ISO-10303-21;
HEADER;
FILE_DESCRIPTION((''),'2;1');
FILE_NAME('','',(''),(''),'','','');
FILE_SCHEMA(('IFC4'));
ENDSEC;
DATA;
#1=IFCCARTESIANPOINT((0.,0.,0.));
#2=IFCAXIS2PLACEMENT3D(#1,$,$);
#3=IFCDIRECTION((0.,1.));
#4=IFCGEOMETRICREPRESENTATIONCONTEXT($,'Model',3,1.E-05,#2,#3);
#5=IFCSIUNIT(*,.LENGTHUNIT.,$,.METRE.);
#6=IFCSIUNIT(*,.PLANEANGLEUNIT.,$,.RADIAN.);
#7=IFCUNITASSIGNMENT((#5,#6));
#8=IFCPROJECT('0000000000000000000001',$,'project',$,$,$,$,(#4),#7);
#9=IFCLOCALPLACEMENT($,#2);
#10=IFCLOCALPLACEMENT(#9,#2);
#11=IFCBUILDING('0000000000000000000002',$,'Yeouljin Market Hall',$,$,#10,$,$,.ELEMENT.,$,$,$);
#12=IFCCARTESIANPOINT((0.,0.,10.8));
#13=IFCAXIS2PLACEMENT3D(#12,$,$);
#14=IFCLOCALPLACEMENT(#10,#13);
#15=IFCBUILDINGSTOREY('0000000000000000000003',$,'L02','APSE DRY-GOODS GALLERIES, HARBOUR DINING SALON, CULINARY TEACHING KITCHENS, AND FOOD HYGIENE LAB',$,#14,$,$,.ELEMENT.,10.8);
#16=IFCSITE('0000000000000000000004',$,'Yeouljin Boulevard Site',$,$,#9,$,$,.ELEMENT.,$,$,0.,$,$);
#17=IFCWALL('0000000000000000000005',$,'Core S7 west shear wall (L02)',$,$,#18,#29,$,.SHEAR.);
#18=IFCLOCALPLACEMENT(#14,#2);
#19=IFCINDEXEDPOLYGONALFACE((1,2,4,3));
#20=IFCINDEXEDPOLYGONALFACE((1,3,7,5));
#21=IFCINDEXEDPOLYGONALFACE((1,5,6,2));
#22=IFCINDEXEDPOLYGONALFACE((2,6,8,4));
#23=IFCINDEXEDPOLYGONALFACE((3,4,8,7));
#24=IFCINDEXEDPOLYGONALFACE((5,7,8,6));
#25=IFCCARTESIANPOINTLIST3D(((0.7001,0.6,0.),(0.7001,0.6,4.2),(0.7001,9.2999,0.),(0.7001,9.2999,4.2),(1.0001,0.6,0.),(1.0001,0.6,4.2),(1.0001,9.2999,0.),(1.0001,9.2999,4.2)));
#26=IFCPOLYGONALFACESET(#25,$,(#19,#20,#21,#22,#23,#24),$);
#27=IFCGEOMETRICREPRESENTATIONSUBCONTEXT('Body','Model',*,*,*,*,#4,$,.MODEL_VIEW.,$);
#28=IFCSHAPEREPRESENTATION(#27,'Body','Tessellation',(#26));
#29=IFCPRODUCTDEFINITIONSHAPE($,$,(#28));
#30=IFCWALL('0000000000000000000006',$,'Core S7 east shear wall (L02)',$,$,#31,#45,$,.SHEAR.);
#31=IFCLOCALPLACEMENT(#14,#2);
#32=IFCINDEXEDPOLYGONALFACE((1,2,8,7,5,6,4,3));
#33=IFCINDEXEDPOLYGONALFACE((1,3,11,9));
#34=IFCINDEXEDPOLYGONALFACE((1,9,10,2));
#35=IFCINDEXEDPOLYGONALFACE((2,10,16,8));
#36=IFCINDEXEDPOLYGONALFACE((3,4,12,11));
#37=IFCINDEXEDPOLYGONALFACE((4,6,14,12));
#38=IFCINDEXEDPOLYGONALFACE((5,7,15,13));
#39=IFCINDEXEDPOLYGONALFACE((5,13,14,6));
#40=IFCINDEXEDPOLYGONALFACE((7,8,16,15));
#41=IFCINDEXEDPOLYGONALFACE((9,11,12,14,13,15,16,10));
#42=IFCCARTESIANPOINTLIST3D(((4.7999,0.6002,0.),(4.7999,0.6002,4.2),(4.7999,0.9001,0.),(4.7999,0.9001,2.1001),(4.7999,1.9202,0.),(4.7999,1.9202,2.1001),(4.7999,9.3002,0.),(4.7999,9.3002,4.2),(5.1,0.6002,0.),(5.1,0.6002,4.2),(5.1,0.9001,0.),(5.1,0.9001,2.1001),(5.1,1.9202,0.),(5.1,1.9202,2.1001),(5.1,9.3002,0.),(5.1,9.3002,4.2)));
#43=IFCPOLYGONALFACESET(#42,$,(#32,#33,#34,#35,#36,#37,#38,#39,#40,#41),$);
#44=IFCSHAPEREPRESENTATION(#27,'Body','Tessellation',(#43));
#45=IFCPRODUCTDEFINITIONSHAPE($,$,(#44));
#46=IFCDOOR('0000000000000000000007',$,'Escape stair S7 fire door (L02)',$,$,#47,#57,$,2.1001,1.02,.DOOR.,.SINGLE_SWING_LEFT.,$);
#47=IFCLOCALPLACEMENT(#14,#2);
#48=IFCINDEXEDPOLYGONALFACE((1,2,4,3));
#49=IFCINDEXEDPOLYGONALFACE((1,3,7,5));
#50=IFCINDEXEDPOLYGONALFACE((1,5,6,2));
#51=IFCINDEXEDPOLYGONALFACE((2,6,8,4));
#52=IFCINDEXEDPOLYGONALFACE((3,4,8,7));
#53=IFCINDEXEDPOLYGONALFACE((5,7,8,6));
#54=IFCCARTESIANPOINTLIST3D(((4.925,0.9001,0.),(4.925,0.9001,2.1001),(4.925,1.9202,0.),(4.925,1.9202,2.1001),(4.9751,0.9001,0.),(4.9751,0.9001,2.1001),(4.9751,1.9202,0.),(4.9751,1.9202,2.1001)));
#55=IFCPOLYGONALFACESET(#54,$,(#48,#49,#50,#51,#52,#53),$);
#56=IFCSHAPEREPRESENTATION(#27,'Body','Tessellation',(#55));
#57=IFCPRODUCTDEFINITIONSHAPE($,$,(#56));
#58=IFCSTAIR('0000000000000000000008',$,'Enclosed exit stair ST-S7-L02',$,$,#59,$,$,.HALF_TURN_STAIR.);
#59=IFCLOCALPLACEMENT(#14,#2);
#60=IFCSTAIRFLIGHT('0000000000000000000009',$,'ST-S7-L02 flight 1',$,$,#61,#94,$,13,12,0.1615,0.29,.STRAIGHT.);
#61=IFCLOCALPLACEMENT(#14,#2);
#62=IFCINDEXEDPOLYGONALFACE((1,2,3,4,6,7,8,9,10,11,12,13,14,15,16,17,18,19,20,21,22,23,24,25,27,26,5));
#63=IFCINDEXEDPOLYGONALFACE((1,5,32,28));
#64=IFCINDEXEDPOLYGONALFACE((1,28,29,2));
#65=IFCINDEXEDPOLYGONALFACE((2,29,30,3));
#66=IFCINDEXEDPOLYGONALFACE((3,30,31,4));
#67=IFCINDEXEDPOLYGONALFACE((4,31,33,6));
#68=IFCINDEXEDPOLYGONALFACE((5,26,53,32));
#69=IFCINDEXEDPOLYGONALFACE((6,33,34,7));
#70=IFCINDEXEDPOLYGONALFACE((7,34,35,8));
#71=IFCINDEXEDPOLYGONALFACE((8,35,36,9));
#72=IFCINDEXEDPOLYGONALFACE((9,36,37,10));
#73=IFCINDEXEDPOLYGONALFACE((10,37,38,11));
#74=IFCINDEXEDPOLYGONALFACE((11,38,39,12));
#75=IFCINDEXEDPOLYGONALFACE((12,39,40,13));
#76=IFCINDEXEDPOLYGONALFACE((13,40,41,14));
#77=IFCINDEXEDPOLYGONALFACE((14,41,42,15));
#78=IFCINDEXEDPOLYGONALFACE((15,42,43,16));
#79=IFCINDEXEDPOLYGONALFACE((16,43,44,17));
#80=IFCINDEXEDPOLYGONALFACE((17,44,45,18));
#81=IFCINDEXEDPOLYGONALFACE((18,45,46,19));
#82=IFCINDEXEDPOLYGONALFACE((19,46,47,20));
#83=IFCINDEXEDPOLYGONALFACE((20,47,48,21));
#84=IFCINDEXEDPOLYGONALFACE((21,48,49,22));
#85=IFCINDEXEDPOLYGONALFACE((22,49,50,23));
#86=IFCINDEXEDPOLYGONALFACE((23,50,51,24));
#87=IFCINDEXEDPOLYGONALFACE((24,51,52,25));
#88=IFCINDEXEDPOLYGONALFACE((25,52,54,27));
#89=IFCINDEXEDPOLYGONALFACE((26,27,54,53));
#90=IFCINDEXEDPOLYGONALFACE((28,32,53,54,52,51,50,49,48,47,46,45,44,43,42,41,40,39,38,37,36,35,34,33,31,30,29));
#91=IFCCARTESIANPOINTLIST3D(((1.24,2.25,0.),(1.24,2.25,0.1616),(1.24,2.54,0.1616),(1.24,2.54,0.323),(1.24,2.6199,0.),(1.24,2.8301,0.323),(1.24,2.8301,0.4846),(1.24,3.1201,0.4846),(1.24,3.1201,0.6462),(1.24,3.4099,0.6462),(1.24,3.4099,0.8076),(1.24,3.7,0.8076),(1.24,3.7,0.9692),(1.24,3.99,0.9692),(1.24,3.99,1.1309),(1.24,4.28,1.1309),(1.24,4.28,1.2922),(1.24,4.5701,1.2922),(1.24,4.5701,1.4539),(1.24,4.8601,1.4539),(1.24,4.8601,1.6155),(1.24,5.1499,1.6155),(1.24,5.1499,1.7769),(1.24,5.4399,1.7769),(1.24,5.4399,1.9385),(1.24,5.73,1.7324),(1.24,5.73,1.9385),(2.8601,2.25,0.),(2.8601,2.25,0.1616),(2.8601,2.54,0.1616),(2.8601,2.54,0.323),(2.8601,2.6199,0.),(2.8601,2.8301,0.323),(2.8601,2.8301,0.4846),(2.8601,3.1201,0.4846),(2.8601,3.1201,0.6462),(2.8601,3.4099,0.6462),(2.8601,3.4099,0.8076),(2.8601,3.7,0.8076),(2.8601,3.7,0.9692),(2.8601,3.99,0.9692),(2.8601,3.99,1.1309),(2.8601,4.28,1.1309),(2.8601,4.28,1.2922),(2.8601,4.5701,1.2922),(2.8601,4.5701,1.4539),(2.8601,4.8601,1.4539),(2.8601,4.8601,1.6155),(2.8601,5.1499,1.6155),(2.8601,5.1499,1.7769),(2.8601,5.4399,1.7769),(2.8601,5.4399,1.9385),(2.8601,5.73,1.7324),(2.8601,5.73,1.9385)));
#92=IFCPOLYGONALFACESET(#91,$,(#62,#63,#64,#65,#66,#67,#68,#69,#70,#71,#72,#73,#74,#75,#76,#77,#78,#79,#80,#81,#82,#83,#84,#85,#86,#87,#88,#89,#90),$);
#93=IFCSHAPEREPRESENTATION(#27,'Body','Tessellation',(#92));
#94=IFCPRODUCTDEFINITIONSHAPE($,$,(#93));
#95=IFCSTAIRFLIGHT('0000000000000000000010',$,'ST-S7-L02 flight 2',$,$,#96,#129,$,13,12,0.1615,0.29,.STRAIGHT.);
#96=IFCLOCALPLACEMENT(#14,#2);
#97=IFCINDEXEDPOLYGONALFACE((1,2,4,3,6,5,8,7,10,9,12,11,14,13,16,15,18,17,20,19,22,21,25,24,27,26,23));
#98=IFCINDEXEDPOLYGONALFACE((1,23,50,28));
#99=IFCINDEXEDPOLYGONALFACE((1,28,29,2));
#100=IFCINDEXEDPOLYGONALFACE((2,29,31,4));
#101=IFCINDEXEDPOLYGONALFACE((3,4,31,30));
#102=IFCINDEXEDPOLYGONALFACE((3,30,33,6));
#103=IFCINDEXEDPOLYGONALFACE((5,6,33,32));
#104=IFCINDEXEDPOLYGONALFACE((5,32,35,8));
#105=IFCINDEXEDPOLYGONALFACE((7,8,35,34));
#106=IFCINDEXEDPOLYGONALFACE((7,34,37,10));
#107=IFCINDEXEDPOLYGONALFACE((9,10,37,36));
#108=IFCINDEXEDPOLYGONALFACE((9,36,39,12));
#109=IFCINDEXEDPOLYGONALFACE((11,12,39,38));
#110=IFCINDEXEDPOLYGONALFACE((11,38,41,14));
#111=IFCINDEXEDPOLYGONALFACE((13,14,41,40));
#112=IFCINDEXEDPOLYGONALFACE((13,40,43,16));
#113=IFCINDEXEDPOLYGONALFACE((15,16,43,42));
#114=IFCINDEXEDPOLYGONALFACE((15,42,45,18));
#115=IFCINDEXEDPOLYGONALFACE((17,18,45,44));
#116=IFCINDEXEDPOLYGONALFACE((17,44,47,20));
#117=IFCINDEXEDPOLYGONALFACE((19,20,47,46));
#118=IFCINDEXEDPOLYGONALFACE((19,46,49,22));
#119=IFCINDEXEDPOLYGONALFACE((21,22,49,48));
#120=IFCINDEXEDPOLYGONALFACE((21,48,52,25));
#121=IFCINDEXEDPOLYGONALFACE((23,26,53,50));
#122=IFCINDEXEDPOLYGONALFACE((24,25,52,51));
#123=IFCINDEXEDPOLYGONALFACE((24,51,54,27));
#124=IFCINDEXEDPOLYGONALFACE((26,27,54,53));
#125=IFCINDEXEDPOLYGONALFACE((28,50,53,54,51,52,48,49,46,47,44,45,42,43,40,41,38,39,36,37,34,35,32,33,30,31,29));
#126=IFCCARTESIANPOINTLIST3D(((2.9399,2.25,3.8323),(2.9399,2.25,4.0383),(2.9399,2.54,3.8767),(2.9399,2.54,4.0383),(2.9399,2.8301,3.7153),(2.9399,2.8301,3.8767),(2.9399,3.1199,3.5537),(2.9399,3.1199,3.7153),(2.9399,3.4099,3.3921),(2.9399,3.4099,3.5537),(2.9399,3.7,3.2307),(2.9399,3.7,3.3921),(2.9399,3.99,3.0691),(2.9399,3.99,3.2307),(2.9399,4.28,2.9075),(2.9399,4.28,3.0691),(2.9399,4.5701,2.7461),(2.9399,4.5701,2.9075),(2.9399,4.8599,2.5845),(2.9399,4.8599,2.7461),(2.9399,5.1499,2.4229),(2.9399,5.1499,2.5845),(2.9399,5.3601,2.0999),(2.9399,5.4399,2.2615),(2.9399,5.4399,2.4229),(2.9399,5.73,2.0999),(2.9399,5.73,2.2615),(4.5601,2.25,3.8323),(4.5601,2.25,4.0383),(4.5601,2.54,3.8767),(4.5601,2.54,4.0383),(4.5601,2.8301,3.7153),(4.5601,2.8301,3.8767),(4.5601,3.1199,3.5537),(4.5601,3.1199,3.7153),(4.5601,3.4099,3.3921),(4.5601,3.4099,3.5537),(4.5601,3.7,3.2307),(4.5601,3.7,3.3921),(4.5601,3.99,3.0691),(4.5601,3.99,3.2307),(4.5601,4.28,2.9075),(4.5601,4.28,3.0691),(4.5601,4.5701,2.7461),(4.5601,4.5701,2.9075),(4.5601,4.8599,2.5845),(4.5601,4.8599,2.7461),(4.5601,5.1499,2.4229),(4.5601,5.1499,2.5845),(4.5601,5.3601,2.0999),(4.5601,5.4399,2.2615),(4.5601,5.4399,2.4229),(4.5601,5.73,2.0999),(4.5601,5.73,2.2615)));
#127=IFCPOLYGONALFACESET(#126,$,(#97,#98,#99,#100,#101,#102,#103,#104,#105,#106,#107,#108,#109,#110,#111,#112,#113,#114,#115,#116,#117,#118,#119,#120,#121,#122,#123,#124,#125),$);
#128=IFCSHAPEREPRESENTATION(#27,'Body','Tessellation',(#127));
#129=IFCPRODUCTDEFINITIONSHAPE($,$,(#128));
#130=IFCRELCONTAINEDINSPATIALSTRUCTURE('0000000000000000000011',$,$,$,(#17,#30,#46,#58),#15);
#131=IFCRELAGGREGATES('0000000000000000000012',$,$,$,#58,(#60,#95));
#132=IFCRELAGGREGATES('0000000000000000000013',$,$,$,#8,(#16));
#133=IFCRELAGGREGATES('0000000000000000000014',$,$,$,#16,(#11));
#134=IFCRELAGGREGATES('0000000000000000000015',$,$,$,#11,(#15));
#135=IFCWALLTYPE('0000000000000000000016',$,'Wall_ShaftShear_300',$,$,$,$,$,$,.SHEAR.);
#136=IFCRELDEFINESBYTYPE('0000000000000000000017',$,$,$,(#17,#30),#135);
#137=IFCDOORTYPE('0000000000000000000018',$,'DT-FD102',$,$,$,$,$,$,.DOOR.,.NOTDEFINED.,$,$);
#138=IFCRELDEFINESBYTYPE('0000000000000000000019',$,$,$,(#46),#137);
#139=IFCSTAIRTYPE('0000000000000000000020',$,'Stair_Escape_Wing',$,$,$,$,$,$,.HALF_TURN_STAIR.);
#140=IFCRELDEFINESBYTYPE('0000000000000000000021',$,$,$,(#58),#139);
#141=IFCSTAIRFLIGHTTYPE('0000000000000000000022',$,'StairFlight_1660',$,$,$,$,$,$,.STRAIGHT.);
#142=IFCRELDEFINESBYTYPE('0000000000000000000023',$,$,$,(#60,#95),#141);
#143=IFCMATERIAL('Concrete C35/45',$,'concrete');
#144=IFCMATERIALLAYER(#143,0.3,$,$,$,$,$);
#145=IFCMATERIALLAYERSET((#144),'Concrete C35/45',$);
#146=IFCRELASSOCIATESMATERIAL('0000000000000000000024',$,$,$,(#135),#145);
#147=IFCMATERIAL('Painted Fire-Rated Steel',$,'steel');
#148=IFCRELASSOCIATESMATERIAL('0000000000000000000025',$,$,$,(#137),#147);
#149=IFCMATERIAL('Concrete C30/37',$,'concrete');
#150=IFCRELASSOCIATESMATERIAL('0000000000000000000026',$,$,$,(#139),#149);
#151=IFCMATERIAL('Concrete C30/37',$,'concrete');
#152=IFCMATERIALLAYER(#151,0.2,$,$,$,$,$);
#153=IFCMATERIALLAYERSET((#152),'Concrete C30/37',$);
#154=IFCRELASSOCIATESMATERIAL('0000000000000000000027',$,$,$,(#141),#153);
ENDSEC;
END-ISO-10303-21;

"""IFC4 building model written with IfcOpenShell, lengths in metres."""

from ifc_helpers import new_model, si_unit, direction, frame, frame_2d, origin, place, context, subcontext, project, spatial, polyline, rectangle, outline, extrude, material, layer, layer_set, type_object, element, fill, aggregate, save


model = new_model("IFC4")

# Units and contexts
model_context = context("Model", 3, precision=1e-05, world=origin(), true_north=direction((0.0, 1.0)))
body_context = subcontext(model_context, "Body", "Model", "MODEL_VIEW")
ifc_project = project(units=[si_unit("LENGTHUNIT", "METRE"), si_unit("PLANEANGLEUNIT", "RADIAN")], contexts=[model_context])

# Site, building, storey
site_placement = place(None, origin())
site = spatial("IfcSite", under=ifc_project, at=site_placement, Name="Yeouljin Boulevard Site", CompositionType="ELEMENT", RefElevation=0.0)
building_placement = place(site_placement, origin())
building = spatial("IfcBuilding", under=site, at=building_placement, Name="Yeouljin Market Hall", CompositionType="ELEMENT")
storey_placement = place(building_placement, frame((0.0, 0.0, 10.8)))
storey = spatial("IfcBuildingStorey", under=building, at=storey_placement, Name="L02", Description="APSE DRY-GOODS GALLERIES, HARBOUR DINING SALON, CULINARY TEACHING KITCHENS, AND FOOD HYGIENE LAB", CompositionType="ELEMENT", Elevation=10.8)

# Wall
ifc_material_1 = material(Name="Concrete C35/45", Category="concrete")
ifc_layer_1 = layer(ifc_material_1, 0.3)
ifc_layer_set_1 = layer_set([ifc_layer_1], Name="Concrete C35/45")
wall_type = type_object("IfcWallType", Name="Wall_ShaftShear_300", PredefinedType="SHEAR", material=ifc_layer_set_1)
wall_1_placement = place(storey_placement, frame((0.8501, 9.3, 0.0), z_axis=(0.0, 0.0, 1.0), x_axis=(0.0, -1.0, 0.0)))
element("IfcWall", 1, at=wall_1_placement, inside=storey, type_object=wall_type, Name="Core S7 west shear wall (L02)", PredefinedType="SHEAR", context=body_context, shape_type="SweptSolid", body=[
    extrude(rectangle(XDim=8.7, YDim=0.3, at=frame_2d((4.3501, 0.0))), origin(), (0.0, 0.0, 1.0), 4.2),
])

# Wall, opening, door
wall_2_placement = place(storey_placement, frame((4.95, 0.6001, 0.0), z_axis=(0.0, 0.0, 1.0), x_axis=(0.0, 1.0, 0.0)))
wall_2 = element("IfcWall", 2, at=wall_2_placement, inside=storey, type_object=wall_type, Name="Core S7 east shear wall (L02)", PredefinedType="SHEAR", context=body_context, shape_type="SweptSolid", body=[
    extrude(rectangle(XDim=8.7, YDim=0.3, at=frame_2d((4.3501, 0.0))), origin(), (0.0, 0.0, 1.0), 4.2),
])
opening_placement = place(wall_2_placement, frame((0.3, 0.0, 0.0)))
opening = element("IfcOpeningElement", 3, at=opening_placement, cuts=wall_2, PredefinedType="OPENING", context=body_context, shape_type="SweptSolid", body=[
    extrude(rectangle(XDim=1.02, YDim=2.1001, at=frame_2d((0.51, 1.05))), frame((0.0, 0.1599, 0.0), z_axis=(0.0, -1.0, 0.0), x_axis=(1.0, 0.0, 0.0)), (0.0, 0.0, 1.0), 0.3201),
])
ifc_material_2 = material(Name="Painted Fire-Rated Steel", Category="steel")
door_type = type_object("IfcDoorType", Name="DT-FD102", OperationType="NOTDEFINED", PredefinedType="DOOR", material=ifc_material_2)
door_placement = place(opening_placement, origin())
door = element("IfcDoor", 4, at=door_placement, inside=storey, type_object=door_type, Name="Escape stair S7 fire door (L02)", OperationType="SINGLE_SWING_LEFT", OverallHeight=2.1001, OverallWidth=1.02, PredefinedType="DOOR", context=body_context, shape_type="SweptSolid", body=[
    extrude(rectangle(XDim=1.02, YDim=2.1001, at=frame_2d((0.51, 1.05))), frame((0.0, 0.0249, 0.0), z_axis=(0.0, -1.0, 0.0), x_axis=(1.0, 0.0, 0.0)), (0.0, 0.0, 1.0), 0.05),
])
fill(opening, door)

# Stair, stair flights
ifc_material_3 = material(Name="Concrete C30/37", Category="concrete")
stair_type = type_object("IfcStairType", Name="Stair_Escape_Wing", PredefinedType="HALF_TURN_STAIR", material=ifc_material_3)
stair_placement = place(storey_placement, origin())
stair = element("IfcStair", 5, at=stair_placement, inside=storey, type_object=stair_type, Name="Enclosed exit stair ST-S7-L02", PredefinedType="HALF_TURN_STAIR")
ifc_material_4 = material(Name="Concrete C30/37", Category="concrete")
ifc_layer_2 = layer(ifc_material_4, 0.2)
ifc_layer_set_2 = layer_set([ifc_layer_2], Name="Concrete C30/37")
stair_flight_type = type_object("IfcStairFlightType", Name="StairFlight_1660", PredefinedType="STRAIGHT", material=ifc_layer_set_2)
stair_flight_1_placement = place(storey_placement, frame((2.05, 2.25, 0.0), z_axis=(0.0, 0.0, 1.0), x_axis=(0.0, 1.0, 0.0)))
stair_flight_1 = element("IfcStairFlight", 6, at=stair_flight_1_placement, type_object=stair_flight_type, Name="ST-S7-L02 flight 1", NumberOfRisers=13, NumberOfTreads=12, PredefinedType="STRAIGHT", RiserHeight=0.1615, TreadLength=0.29, context=body_context, shape_type="SweptSolid", body=[
    extrude(outline(polyline([(0.0, 0.0), (0.0, 0.1616), (0.29, 0.1616), (0.29, 0.323), (0.5801, 0.323), (0.5801, 0.4846), (0.8701, 0.4846), (0.8701, 0.6462), (1.1599, 0.6462), (1.1599, 0.8076), (1.45, 0.8076), (1.45, 0.9692), (1.74, 0.9692), (1.74, 1.1309), (2.03, 1.1309), (2.03, 1.2922), (2.3201, 1.2922), (2.3201, 1.4539), (2.6101, 1.4539), (2.6101, 1.6155), (2.8999, 1.6155), (2.8999, 1.7769), (3.1899, 1.7769), (3.1899, 1.9385), (3.48, 1.9385), (3.48, 2.1001), (3.48, 1.7324), (0.3699, 0.0), (0.0, 0.0)])), frame((0.0, 0.8101, 0.0), z_axis=(0.0, -1.0, 0.0), x_axis=(1.0, 0.0, 0.0)), (0.0, 0.0, 1.0), 1.6201),
])
stair_flight_2_placement = place(storey_placement, frame((3.75, 5.73, 2.0999), z_axis=(0.0, 0.0, 1.0), x_axis=(0.0, -1.0, 0.0)))
stair_flight_2 = element("IfcStairFlight", 7, at=stair_flight_2_placement, type_object=stair_flight_type, Name="ST-S7-L02 flight 2", NumberOfRisers=13, NumberOfTreads=12, PredefinedType="STRAIGHT", RiserHeight=0.1615, TreadLength=0.29, context=body_context, shape_type="SweptSolid", body=[
    extrude(outline(polyline([(0.0, 0.0), (0.0, 0.1616), (0.29, 0.1616), (0.29, 0.323), (0.5801, 0.323), (0.5801, 0.4846), (0.8701, 0.4846), (0.8701, 0.6462), (1.1599, 0.6462), (1.1599, 0.8076), (1.45, 0.8076), (1.45, 0.9692), (1.74, 0.9692), (1.74, 1.1309), (2.03, 1.1309), (2.03, 1.2922), (2.3201, 1.2922), (2.3201, 1.4539), (2.6101, 1.4539), (2.6101, 1.6155), (2.8999, 1.6155), (2.8999, 1.7769), (3.1899, 1.7769), (3.1899, 1.9385), (3.48, 1.9385), (3.48, 2.1001), (3.48, 1.7324), (0.3699, 0.0), (0.0, 0.0)])), frame((0.0, 0.8101, 0.0), z_axis=(0.0, -1.0, 0.0), x_axis=(1.0, 0.0, 0.0)), (0.0, 0.0, 1.0), 1.6201),
])
aggregate(stair, [stair_flight_1, stair_flight_2])

save(model, "model.ifc")
